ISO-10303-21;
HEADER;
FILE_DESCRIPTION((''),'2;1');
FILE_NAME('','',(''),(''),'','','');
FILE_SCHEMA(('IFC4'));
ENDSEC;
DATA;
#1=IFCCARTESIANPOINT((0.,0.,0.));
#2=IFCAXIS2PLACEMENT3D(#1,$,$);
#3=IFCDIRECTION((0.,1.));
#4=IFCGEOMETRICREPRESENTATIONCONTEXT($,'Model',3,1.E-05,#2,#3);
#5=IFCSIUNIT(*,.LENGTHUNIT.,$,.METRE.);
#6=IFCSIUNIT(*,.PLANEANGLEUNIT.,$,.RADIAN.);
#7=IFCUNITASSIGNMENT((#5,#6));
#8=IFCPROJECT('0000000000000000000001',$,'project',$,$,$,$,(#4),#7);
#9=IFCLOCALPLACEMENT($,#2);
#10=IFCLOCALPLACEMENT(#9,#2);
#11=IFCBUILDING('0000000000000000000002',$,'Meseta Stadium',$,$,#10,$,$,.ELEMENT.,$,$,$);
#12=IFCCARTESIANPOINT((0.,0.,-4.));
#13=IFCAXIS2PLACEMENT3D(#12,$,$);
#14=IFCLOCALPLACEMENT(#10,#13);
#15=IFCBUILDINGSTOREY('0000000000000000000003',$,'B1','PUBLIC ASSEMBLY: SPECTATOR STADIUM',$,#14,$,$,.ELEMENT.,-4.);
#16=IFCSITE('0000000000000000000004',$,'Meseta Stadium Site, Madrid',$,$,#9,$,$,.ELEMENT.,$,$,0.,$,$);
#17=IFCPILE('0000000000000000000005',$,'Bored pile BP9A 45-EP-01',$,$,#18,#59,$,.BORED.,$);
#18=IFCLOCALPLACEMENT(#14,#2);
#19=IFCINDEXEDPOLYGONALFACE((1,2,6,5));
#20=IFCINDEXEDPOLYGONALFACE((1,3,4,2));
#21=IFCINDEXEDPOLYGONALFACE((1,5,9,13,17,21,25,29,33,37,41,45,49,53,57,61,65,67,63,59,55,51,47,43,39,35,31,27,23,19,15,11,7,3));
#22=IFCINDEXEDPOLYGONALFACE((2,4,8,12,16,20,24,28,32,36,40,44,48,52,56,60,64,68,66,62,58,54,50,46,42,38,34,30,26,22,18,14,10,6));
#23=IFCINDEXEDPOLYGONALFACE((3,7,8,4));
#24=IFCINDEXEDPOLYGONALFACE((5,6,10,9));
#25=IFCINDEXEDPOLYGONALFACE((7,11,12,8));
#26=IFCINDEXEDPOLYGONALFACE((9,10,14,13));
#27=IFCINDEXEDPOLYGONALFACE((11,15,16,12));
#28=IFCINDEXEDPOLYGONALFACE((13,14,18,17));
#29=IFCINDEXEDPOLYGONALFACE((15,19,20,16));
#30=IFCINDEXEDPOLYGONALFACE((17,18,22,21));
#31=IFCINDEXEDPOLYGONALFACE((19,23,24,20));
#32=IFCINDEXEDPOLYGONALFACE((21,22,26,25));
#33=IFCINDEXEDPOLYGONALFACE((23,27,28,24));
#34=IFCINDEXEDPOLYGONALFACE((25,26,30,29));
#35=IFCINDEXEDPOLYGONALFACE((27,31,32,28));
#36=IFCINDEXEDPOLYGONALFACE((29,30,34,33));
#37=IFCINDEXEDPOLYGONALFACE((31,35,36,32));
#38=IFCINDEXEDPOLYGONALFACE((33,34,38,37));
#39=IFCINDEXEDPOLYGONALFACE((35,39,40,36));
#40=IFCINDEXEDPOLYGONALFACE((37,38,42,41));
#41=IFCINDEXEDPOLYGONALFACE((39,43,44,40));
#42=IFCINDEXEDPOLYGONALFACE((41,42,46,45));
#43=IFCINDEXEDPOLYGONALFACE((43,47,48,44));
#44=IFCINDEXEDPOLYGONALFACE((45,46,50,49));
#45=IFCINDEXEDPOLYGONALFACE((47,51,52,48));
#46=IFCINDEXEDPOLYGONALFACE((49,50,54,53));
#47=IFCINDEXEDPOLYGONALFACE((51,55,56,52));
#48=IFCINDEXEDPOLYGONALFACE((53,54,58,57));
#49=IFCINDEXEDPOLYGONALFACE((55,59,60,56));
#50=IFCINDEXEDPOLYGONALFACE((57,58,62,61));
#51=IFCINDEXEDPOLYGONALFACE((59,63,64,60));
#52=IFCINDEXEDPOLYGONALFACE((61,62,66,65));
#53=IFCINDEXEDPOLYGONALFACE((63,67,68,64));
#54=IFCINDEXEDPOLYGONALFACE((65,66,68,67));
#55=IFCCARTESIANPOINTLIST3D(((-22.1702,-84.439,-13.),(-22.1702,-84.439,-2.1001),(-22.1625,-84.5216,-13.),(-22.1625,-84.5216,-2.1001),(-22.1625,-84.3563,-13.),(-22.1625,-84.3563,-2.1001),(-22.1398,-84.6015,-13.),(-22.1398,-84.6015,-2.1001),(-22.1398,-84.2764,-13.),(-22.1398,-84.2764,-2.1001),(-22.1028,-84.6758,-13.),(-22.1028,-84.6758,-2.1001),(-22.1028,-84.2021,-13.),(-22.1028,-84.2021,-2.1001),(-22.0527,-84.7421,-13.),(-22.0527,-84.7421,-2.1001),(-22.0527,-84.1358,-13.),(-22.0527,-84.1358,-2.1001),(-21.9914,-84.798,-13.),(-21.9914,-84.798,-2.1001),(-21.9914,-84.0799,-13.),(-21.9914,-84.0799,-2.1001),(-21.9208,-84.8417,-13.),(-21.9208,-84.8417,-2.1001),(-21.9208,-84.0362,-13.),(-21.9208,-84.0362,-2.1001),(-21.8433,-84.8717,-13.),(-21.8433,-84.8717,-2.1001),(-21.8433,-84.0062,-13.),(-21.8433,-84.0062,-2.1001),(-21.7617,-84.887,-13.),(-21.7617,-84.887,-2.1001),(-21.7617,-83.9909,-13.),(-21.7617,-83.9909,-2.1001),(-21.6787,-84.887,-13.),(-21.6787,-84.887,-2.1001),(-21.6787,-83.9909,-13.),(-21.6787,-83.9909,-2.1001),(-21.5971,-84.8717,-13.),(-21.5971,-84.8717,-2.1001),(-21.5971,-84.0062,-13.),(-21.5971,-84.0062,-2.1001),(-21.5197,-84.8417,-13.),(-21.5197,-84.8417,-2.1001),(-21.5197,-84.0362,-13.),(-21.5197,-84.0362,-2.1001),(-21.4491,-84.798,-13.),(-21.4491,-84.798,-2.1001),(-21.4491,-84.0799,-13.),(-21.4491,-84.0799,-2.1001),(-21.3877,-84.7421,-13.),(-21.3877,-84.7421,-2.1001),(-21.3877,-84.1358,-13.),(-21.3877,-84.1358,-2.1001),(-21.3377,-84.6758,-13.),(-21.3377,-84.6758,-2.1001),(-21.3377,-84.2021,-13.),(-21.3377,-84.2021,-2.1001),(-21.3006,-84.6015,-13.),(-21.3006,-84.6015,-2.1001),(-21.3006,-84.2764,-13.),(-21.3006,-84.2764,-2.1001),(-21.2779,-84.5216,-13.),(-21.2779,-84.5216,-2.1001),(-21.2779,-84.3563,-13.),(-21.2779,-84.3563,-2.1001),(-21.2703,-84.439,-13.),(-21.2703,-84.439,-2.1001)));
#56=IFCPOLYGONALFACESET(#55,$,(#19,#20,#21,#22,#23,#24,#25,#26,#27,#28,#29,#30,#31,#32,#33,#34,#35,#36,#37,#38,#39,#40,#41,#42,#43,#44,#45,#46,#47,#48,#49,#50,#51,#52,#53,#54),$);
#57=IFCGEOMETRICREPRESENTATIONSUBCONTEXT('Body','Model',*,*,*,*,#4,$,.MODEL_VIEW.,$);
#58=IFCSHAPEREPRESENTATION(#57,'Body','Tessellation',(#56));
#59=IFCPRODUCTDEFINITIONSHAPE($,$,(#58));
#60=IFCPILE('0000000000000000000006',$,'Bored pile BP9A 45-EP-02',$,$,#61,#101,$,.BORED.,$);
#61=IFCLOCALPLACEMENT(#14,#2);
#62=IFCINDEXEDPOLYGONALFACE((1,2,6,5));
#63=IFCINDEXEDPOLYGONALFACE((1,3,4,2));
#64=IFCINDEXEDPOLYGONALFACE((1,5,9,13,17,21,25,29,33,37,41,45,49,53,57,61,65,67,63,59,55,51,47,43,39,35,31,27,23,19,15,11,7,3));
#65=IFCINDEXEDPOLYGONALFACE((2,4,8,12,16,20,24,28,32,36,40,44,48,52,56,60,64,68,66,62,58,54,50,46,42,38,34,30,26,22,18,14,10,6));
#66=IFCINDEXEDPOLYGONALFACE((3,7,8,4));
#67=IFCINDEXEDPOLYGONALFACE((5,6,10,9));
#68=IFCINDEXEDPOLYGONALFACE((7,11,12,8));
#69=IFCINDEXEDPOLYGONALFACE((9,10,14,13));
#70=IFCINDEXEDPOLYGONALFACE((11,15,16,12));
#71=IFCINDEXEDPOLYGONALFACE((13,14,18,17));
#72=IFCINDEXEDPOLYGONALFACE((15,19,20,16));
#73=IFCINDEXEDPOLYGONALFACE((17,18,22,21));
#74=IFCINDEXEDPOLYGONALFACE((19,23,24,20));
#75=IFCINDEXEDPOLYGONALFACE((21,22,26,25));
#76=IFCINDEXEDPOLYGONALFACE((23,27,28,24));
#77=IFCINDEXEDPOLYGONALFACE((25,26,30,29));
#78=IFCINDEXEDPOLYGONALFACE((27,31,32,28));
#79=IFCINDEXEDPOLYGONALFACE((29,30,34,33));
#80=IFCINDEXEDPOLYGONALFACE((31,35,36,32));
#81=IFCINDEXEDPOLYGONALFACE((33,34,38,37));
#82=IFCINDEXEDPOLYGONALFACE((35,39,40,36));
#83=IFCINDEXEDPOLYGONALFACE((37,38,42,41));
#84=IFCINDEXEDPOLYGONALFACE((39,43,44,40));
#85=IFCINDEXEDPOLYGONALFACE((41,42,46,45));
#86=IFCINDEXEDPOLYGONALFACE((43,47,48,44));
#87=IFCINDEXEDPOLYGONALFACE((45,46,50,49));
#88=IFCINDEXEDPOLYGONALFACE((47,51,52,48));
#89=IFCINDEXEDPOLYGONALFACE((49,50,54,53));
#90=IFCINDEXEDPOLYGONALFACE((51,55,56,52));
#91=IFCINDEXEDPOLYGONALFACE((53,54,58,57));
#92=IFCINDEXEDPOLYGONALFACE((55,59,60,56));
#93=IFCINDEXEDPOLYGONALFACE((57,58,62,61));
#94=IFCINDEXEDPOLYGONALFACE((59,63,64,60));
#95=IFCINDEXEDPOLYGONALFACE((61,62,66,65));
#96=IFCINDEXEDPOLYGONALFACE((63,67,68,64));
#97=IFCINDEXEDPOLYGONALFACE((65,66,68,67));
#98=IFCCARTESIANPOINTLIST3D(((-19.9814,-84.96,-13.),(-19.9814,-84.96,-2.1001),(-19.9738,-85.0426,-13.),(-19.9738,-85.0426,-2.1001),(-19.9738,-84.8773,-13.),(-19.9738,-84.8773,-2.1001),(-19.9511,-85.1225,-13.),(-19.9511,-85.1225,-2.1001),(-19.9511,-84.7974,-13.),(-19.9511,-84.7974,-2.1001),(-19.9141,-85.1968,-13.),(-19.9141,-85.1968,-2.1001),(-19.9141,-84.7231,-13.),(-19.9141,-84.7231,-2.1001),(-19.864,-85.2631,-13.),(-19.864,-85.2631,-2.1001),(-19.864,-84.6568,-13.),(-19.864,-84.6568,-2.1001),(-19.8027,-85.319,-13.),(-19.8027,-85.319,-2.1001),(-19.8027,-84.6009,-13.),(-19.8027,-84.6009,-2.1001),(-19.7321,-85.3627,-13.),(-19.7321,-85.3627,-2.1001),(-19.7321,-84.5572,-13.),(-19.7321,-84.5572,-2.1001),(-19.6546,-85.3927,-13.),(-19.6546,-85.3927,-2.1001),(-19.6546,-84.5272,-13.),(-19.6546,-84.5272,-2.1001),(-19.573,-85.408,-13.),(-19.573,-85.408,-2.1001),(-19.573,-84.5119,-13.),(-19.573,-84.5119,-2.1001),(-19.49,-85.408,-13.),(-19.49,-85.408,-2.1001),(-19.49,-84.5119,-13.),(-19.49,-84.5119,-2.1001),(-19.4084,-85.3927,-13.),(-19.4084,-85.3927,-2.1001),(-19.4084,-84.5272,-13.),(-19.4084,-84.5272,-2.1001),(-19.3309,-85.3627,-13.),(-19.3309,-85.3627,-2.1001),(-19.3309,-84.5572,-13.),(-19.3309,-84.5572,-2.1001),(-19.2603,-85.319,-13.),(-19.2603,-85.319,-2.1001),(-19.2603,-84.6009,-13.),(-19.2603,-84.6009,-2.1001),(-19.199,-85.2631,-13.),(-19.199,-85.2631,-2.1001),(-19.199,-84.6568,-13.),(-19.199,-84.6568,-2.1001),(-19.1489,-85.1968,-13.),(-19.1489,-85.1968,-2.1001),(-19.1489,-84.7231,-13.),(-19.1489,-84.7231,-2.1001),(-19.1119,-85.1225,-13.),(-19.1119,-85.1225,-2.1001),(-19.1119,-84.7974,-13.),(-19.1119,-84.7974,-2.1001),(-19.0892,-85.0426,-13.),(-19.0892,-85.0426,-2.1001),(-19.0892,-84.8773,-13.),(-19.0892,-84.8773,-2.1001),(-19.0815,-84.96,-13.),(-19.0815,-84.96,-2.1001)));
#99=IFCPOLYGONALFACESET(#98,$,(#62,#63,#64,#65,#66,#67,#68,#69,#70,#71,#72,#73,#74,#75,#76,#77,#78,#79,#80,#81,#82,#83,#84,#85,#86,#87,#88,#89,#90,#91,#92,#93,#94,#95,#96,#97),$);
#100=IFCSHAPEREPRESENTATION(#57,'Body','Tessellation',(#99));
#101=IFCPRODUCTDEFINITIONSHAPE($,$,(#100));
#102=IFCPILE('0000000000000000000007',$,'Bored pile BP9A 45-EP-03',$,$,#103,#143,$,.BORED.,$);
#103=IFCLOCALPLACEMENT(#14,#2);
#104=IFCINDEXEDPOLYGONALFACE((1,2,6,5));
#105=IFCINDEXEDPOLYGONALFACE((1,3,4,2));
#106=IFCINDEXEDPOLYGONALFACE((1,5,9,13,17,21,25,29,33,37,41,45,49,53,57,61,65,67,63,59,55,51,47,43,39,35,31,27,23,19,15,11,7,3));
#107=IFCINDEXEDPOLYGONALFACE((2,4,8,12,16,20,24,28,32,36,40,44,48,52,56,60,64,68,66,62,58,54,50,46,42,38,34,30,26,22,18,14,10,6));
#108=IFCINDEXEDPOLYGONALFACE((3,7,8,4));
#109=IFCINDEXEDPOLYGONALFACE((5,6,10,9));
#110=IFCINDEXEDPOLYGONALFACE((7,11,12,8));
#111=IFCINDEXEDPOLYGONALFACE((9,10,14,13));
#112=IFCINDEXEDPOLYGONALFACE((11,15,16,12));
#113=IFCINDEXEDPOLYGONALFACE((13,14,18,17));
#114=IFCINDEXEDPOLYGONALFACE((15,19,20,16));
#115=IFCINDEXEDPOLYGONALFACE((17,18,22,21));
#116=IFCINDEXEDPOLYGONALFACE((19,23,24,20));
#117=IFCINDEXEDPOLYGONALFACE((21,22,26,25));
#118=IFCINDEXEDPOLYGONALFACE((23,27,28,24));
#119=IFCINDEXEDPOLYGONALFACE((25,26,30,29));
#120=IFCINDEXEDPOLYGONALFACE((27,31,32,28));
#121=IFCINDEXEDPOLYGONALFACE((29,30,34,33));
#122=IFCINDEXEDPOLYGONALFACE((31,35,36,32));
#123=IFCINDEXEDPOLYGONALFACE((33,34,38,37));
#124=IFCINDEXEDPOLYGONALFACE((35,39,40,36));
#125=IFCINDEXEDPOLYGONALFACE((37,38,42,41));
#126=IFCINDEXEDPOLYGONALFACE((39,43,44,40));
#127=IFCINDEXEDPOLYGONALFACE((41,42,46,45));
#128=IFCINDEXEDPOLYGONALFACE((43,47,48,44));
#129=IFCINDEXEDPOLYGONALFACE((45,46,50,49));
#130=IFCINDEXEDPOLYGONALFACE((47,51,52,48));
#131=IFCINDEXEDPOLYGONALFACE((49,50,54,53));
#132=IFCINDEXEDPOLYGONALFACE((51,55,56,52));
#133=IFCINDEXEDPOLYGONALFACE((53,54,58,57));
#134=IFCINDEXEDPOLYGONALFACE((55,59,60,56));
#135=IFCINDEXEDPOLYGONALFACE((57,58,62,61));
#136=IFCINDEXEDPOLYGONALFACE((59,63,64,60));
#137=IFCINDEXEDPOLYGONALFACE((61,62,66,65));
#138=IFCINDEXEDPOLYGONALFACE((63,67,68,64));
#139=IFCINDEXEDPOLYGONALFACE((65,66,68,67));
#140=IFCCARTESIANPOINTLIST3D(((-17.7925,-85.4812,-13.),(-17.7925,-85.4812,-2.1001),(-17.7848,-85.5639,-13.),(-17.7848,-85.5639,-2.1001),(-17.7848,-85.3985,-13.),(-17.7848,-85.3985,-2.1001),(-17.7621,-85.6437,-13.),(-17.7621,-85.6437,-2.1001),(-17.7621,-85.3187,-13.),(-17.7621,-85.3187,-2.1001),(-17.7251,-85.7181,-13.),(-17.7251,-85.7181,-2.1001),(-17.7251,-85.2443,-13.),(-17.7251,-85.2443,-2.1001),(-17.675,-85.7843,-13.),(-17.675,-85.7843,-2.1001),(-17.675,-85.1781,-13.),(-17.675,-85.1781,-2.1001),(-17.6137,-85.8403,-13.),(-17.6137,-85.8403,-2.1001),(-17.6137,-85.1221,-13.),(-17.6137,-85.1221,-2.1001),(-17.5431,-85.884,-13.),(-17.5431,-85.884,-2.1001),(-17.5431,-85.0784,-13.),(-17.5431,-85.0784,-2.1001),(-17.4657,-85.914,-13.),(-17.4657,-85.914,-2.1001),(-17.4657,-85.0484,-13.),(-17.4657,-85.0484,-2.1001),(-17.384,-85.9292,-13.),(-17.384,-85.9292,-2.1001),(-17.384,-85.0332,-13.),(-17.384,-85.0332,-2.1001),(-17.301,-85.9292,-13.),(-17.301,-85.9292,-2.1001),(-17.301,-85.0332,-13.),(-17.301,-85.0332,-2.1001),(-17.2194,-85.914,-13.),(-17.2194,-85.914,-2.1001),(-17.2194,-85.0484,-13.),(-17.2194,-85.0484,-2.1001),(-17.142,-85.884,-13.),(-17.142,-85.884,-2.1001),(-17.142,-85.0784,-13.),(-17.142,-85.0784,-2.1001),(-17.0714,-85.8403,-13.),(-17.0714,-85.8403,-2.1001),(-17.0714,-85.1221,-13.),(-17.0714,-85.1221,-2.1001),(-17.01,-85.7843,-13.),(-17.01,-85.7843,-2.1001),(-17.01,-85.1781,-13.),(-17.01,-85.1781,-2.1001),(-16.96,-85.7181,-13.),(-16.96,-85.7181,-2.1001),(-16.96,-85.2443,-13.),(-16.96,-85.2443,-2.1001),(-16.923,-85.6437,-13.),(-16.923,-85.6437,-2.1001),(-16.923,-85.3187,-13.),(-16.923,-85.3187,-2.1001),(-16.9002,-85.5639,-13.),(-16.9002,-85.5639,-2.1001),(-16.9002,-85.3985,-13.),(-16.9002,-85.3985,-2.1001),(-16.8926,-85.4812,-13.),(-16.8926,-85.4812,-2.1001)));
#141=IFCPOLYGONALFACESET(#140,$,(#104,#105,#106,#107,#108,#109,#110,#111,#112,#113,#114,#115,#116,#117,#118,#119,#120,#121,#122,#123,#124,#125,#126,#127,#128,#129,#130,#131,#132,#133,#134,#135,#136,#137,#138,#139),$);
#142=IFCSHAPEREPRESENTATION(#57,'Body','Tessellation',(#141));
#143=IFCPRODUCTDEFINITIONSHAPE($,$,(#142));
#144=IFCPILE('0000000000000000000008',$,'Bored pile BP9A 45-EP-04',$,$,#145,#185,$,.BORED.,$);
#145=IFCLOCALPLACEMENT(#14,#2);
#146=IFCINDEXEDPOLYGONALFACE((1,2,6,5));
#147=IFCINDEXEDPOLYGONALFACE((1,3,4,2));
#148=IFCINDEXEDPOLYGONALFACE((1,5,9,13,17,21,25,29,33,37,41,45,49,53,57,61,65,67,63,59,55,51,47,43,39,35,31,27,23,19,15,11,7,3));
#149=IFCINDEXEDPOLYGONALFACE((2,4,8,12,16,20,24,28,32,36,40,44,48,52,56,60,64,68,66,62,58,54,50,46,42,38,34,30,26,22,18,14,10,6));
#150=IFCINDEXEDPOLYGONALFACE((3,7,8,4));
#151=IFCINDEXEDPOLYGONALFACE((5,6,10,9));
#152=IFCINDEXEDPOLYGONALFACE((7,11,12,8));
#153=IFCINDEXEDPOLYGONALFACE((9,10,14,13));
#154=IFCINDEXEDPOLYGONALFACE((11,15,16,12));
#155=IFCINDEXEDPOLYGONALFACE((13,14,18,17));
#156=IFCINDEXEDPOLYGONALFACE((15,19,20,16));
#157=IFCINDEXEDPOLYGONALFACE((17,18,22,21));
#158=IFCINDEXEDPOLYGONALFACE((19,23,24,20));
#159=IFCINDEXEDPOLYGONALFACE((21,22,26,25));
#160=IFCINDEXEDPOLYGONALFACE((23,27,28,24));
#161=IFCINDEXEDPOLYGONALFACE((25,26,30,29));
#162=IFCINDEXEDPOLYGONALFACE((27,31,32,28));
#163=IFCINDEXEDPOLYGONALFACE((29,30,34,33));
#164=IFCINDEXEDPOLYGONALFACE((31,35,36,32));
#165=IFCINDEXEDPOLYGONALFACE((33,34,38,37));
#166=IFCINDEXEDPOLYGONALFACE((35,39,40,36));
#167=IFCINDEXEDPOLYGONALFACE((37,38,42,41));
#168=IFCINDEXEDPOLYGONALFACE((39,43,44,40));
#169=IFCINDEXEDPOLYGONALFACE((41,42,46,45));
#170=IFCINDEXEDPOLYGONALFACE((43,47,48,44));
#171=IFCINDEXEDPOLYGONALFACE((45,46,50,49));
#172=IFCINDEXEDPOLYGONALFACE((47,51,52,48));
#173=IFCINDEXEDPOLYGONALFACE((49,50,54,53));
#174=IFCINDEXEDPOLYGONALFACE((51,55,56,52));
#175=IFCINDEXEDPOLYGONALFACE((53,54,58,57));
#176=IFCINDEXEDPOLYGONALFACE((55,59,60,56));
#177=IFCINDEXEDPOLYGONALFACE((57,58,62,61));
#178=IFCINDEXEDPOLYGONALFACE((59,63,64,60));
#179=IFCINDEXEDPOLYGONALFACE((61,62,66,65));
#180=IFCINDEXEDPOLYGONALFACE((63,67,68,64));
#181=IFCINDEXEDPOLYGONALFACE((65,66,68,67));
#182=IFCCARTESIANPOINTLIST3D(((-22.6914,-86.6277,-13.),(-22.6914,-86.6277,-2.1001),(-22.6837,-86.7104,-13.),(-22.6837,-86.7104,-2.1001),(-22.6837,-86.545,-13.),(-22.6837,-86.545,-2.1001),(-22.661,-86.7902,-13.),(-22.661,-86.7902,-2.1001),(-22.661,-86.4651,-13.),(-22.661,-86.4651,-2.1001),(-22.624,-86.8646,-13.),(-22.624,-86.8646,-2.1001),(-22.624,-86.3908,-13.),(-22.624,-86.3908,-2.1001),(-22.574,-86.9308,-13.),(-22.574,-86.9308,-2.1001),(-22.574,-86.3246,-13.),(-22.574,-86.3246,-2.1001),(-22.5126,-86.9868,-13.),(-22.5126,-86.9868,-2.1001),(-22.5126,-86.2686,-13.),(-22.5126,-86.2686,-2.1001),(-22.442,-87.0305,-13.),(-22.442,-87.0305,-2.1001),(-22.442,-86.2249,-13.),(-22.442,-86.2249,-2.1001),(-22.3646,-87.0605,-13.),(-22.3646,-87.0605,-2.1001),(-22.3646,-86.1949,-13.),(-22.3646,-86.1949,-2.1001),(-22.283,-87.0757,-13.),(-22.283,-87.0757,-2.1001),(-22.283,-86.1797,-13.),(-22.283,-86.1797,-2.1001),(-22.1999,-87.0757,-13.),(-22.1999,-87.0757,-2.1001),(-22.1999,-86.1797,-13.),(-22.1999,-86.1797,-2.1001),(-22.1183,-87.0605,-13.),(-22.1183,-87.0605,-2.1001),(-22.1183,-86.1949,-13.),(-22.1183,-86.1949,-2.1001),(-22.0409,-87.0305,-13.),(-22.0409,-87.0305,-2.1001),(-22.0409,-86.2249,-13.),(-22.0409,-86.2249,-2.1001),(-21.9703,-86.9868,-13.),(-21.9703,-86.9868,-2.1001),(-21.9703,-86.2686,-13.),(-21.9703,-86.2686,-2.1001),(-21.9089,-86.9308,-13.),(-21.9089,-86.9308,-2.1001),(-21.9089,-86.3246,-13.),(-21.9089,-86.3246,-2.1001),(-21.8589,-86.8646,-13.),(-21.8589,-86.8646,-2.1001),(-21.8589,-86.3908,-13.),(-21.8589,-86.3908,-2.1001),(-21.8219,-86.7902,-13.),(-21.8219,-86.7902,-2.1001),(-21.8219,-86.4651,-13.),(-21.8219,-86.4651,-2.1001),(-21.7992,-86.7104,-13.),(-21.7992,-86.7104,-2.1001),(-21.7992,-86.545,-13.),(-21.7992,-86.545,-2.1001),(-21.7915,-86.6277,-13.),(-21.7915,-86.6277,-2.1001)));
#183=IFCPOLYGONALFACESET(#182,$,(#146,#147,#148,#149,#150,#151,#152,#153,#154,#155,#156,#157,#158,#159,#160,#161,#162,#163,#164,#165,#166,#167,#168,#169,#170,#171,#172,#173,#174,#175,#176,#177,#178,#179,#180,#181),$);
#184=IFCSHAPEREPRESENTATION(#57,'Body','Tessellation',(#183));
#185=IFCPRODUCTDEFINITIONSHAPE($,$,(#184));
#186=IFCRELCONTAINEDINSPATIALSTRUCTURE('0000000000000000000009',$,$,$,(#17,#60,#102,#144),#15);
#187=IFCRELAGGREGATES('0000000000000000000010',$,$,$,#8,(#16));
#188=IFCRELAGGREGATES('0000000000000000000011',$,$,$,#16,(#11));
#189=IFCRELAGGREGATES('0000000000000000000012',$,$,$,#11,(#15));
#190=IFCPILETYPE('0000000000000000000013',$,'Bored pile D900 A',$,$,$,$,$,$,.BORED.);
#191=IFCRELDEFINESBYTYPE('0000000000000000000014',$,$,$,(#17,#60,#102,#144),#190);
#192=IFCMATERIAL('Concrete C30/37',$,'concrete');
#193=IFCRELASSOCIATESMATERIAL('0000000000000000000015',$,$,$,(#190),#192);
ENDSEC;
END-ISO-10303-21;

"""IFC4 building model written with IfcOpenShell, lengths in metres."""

from ifc_helpers import new_model, si_unit, direction, frame, origin, origin_2d, place, context, subcontext, project, spatial, circle, extrude, material, material_profile, profile_set, type_object, element, save


model = new_model("IFC4")

# Units and contexts
model_context = context("Model", 3, precision=1e-05, world=origin(), true_north=direction((0.0, 1.0)))
body_context = subcontext(model_context, "Body", "Model", "MODEL_VIEW")
ifc_project = project(units=[si_unit("LENGTHUNIT", "METRE"), si_unit("PLANEANGLEUNIT", "RADIAN")], contexts=[model_context])

# Site, building, storey
site_placement = place(None, origin())
site = spatial("IfcSite", under=ifc_project, at=site_placement, Name="Meseta Stadium Site, Madrid", CompositionType="ELEMENT", RefElevation=0.0)
building_placement = place(site_placement, origin())
building = spatial("IfcBuilding", under=site, at=building_placement, Name="Meseta Stadium", CompositionType="ELEMENT")
storey_placement = place(building_placement, frame((0.0, 0.0, -4.0)))
storey = spatial("IfcBuildingStorey", under=building, at=storey_placement, Name="B1", Description="PUBLIC ASSEMBLY: SPECTATOR STADIUM", CompositionType="ELEMENT", Elevation=-4.0)

# Piles
ifc_material_1 = material(Name="Concrete C30/37", Category="concrete")
ifc_material_profile_1 = material_profile(ifc_material_1, circle(Radius=0.45, at=origin_2d()), Name="D900")
ifc_profile_set_1 = profile_set([ifc_material_profile_1], Name="Concrete C30/37")
pile_type = type_object("IfcPileType", Name="Bored pile D900 A", PredefinedType="BORED", material=ifc_profile_set_1)
for number, where, z_axis, x_axis, name in (
    (1, (-21.7202, -84.439, -2.1001), (0.0, 0.0, -1.0), (1.0, 0.0, 0.0), "Bored pile BP9A 45-EP-01"),
    (2, (-19.5315, -84.96, -2.1001), (0.0, 0.0, -1.0), (1.0, 0.0, 0.0), "Bored pile BP9A 45-EP-02"),
    (3, (-17.3425, -85.4812, -2.1001), (0.0, 0.0, -1.0), (1.0, 0.0, 0.0), "Bored pile BP9A 45-EP-03"),
    (4, (-22.2415, -86.6277, -2.1001), (0.0, 0.0, -1.0), (1.0, 0.0, 0.0), "Bored pile BP9A 45-EP-04"),
):
    element("IfcPile", number, at=place(storey_placement, frame(where, z_axis=z_axis, x_axis=x_axis)), inside=storey, type_object=pile_type, Name=name, PredefinedType="BORED", context=body_context, shape_type="SweptSolid", body=[
        extrude(circle(Radius=0.45, at=origin_2d()), origin(), (0.0, 0.0, 1.0), 10.8999),
    ])

save(model, "model.ifc")
